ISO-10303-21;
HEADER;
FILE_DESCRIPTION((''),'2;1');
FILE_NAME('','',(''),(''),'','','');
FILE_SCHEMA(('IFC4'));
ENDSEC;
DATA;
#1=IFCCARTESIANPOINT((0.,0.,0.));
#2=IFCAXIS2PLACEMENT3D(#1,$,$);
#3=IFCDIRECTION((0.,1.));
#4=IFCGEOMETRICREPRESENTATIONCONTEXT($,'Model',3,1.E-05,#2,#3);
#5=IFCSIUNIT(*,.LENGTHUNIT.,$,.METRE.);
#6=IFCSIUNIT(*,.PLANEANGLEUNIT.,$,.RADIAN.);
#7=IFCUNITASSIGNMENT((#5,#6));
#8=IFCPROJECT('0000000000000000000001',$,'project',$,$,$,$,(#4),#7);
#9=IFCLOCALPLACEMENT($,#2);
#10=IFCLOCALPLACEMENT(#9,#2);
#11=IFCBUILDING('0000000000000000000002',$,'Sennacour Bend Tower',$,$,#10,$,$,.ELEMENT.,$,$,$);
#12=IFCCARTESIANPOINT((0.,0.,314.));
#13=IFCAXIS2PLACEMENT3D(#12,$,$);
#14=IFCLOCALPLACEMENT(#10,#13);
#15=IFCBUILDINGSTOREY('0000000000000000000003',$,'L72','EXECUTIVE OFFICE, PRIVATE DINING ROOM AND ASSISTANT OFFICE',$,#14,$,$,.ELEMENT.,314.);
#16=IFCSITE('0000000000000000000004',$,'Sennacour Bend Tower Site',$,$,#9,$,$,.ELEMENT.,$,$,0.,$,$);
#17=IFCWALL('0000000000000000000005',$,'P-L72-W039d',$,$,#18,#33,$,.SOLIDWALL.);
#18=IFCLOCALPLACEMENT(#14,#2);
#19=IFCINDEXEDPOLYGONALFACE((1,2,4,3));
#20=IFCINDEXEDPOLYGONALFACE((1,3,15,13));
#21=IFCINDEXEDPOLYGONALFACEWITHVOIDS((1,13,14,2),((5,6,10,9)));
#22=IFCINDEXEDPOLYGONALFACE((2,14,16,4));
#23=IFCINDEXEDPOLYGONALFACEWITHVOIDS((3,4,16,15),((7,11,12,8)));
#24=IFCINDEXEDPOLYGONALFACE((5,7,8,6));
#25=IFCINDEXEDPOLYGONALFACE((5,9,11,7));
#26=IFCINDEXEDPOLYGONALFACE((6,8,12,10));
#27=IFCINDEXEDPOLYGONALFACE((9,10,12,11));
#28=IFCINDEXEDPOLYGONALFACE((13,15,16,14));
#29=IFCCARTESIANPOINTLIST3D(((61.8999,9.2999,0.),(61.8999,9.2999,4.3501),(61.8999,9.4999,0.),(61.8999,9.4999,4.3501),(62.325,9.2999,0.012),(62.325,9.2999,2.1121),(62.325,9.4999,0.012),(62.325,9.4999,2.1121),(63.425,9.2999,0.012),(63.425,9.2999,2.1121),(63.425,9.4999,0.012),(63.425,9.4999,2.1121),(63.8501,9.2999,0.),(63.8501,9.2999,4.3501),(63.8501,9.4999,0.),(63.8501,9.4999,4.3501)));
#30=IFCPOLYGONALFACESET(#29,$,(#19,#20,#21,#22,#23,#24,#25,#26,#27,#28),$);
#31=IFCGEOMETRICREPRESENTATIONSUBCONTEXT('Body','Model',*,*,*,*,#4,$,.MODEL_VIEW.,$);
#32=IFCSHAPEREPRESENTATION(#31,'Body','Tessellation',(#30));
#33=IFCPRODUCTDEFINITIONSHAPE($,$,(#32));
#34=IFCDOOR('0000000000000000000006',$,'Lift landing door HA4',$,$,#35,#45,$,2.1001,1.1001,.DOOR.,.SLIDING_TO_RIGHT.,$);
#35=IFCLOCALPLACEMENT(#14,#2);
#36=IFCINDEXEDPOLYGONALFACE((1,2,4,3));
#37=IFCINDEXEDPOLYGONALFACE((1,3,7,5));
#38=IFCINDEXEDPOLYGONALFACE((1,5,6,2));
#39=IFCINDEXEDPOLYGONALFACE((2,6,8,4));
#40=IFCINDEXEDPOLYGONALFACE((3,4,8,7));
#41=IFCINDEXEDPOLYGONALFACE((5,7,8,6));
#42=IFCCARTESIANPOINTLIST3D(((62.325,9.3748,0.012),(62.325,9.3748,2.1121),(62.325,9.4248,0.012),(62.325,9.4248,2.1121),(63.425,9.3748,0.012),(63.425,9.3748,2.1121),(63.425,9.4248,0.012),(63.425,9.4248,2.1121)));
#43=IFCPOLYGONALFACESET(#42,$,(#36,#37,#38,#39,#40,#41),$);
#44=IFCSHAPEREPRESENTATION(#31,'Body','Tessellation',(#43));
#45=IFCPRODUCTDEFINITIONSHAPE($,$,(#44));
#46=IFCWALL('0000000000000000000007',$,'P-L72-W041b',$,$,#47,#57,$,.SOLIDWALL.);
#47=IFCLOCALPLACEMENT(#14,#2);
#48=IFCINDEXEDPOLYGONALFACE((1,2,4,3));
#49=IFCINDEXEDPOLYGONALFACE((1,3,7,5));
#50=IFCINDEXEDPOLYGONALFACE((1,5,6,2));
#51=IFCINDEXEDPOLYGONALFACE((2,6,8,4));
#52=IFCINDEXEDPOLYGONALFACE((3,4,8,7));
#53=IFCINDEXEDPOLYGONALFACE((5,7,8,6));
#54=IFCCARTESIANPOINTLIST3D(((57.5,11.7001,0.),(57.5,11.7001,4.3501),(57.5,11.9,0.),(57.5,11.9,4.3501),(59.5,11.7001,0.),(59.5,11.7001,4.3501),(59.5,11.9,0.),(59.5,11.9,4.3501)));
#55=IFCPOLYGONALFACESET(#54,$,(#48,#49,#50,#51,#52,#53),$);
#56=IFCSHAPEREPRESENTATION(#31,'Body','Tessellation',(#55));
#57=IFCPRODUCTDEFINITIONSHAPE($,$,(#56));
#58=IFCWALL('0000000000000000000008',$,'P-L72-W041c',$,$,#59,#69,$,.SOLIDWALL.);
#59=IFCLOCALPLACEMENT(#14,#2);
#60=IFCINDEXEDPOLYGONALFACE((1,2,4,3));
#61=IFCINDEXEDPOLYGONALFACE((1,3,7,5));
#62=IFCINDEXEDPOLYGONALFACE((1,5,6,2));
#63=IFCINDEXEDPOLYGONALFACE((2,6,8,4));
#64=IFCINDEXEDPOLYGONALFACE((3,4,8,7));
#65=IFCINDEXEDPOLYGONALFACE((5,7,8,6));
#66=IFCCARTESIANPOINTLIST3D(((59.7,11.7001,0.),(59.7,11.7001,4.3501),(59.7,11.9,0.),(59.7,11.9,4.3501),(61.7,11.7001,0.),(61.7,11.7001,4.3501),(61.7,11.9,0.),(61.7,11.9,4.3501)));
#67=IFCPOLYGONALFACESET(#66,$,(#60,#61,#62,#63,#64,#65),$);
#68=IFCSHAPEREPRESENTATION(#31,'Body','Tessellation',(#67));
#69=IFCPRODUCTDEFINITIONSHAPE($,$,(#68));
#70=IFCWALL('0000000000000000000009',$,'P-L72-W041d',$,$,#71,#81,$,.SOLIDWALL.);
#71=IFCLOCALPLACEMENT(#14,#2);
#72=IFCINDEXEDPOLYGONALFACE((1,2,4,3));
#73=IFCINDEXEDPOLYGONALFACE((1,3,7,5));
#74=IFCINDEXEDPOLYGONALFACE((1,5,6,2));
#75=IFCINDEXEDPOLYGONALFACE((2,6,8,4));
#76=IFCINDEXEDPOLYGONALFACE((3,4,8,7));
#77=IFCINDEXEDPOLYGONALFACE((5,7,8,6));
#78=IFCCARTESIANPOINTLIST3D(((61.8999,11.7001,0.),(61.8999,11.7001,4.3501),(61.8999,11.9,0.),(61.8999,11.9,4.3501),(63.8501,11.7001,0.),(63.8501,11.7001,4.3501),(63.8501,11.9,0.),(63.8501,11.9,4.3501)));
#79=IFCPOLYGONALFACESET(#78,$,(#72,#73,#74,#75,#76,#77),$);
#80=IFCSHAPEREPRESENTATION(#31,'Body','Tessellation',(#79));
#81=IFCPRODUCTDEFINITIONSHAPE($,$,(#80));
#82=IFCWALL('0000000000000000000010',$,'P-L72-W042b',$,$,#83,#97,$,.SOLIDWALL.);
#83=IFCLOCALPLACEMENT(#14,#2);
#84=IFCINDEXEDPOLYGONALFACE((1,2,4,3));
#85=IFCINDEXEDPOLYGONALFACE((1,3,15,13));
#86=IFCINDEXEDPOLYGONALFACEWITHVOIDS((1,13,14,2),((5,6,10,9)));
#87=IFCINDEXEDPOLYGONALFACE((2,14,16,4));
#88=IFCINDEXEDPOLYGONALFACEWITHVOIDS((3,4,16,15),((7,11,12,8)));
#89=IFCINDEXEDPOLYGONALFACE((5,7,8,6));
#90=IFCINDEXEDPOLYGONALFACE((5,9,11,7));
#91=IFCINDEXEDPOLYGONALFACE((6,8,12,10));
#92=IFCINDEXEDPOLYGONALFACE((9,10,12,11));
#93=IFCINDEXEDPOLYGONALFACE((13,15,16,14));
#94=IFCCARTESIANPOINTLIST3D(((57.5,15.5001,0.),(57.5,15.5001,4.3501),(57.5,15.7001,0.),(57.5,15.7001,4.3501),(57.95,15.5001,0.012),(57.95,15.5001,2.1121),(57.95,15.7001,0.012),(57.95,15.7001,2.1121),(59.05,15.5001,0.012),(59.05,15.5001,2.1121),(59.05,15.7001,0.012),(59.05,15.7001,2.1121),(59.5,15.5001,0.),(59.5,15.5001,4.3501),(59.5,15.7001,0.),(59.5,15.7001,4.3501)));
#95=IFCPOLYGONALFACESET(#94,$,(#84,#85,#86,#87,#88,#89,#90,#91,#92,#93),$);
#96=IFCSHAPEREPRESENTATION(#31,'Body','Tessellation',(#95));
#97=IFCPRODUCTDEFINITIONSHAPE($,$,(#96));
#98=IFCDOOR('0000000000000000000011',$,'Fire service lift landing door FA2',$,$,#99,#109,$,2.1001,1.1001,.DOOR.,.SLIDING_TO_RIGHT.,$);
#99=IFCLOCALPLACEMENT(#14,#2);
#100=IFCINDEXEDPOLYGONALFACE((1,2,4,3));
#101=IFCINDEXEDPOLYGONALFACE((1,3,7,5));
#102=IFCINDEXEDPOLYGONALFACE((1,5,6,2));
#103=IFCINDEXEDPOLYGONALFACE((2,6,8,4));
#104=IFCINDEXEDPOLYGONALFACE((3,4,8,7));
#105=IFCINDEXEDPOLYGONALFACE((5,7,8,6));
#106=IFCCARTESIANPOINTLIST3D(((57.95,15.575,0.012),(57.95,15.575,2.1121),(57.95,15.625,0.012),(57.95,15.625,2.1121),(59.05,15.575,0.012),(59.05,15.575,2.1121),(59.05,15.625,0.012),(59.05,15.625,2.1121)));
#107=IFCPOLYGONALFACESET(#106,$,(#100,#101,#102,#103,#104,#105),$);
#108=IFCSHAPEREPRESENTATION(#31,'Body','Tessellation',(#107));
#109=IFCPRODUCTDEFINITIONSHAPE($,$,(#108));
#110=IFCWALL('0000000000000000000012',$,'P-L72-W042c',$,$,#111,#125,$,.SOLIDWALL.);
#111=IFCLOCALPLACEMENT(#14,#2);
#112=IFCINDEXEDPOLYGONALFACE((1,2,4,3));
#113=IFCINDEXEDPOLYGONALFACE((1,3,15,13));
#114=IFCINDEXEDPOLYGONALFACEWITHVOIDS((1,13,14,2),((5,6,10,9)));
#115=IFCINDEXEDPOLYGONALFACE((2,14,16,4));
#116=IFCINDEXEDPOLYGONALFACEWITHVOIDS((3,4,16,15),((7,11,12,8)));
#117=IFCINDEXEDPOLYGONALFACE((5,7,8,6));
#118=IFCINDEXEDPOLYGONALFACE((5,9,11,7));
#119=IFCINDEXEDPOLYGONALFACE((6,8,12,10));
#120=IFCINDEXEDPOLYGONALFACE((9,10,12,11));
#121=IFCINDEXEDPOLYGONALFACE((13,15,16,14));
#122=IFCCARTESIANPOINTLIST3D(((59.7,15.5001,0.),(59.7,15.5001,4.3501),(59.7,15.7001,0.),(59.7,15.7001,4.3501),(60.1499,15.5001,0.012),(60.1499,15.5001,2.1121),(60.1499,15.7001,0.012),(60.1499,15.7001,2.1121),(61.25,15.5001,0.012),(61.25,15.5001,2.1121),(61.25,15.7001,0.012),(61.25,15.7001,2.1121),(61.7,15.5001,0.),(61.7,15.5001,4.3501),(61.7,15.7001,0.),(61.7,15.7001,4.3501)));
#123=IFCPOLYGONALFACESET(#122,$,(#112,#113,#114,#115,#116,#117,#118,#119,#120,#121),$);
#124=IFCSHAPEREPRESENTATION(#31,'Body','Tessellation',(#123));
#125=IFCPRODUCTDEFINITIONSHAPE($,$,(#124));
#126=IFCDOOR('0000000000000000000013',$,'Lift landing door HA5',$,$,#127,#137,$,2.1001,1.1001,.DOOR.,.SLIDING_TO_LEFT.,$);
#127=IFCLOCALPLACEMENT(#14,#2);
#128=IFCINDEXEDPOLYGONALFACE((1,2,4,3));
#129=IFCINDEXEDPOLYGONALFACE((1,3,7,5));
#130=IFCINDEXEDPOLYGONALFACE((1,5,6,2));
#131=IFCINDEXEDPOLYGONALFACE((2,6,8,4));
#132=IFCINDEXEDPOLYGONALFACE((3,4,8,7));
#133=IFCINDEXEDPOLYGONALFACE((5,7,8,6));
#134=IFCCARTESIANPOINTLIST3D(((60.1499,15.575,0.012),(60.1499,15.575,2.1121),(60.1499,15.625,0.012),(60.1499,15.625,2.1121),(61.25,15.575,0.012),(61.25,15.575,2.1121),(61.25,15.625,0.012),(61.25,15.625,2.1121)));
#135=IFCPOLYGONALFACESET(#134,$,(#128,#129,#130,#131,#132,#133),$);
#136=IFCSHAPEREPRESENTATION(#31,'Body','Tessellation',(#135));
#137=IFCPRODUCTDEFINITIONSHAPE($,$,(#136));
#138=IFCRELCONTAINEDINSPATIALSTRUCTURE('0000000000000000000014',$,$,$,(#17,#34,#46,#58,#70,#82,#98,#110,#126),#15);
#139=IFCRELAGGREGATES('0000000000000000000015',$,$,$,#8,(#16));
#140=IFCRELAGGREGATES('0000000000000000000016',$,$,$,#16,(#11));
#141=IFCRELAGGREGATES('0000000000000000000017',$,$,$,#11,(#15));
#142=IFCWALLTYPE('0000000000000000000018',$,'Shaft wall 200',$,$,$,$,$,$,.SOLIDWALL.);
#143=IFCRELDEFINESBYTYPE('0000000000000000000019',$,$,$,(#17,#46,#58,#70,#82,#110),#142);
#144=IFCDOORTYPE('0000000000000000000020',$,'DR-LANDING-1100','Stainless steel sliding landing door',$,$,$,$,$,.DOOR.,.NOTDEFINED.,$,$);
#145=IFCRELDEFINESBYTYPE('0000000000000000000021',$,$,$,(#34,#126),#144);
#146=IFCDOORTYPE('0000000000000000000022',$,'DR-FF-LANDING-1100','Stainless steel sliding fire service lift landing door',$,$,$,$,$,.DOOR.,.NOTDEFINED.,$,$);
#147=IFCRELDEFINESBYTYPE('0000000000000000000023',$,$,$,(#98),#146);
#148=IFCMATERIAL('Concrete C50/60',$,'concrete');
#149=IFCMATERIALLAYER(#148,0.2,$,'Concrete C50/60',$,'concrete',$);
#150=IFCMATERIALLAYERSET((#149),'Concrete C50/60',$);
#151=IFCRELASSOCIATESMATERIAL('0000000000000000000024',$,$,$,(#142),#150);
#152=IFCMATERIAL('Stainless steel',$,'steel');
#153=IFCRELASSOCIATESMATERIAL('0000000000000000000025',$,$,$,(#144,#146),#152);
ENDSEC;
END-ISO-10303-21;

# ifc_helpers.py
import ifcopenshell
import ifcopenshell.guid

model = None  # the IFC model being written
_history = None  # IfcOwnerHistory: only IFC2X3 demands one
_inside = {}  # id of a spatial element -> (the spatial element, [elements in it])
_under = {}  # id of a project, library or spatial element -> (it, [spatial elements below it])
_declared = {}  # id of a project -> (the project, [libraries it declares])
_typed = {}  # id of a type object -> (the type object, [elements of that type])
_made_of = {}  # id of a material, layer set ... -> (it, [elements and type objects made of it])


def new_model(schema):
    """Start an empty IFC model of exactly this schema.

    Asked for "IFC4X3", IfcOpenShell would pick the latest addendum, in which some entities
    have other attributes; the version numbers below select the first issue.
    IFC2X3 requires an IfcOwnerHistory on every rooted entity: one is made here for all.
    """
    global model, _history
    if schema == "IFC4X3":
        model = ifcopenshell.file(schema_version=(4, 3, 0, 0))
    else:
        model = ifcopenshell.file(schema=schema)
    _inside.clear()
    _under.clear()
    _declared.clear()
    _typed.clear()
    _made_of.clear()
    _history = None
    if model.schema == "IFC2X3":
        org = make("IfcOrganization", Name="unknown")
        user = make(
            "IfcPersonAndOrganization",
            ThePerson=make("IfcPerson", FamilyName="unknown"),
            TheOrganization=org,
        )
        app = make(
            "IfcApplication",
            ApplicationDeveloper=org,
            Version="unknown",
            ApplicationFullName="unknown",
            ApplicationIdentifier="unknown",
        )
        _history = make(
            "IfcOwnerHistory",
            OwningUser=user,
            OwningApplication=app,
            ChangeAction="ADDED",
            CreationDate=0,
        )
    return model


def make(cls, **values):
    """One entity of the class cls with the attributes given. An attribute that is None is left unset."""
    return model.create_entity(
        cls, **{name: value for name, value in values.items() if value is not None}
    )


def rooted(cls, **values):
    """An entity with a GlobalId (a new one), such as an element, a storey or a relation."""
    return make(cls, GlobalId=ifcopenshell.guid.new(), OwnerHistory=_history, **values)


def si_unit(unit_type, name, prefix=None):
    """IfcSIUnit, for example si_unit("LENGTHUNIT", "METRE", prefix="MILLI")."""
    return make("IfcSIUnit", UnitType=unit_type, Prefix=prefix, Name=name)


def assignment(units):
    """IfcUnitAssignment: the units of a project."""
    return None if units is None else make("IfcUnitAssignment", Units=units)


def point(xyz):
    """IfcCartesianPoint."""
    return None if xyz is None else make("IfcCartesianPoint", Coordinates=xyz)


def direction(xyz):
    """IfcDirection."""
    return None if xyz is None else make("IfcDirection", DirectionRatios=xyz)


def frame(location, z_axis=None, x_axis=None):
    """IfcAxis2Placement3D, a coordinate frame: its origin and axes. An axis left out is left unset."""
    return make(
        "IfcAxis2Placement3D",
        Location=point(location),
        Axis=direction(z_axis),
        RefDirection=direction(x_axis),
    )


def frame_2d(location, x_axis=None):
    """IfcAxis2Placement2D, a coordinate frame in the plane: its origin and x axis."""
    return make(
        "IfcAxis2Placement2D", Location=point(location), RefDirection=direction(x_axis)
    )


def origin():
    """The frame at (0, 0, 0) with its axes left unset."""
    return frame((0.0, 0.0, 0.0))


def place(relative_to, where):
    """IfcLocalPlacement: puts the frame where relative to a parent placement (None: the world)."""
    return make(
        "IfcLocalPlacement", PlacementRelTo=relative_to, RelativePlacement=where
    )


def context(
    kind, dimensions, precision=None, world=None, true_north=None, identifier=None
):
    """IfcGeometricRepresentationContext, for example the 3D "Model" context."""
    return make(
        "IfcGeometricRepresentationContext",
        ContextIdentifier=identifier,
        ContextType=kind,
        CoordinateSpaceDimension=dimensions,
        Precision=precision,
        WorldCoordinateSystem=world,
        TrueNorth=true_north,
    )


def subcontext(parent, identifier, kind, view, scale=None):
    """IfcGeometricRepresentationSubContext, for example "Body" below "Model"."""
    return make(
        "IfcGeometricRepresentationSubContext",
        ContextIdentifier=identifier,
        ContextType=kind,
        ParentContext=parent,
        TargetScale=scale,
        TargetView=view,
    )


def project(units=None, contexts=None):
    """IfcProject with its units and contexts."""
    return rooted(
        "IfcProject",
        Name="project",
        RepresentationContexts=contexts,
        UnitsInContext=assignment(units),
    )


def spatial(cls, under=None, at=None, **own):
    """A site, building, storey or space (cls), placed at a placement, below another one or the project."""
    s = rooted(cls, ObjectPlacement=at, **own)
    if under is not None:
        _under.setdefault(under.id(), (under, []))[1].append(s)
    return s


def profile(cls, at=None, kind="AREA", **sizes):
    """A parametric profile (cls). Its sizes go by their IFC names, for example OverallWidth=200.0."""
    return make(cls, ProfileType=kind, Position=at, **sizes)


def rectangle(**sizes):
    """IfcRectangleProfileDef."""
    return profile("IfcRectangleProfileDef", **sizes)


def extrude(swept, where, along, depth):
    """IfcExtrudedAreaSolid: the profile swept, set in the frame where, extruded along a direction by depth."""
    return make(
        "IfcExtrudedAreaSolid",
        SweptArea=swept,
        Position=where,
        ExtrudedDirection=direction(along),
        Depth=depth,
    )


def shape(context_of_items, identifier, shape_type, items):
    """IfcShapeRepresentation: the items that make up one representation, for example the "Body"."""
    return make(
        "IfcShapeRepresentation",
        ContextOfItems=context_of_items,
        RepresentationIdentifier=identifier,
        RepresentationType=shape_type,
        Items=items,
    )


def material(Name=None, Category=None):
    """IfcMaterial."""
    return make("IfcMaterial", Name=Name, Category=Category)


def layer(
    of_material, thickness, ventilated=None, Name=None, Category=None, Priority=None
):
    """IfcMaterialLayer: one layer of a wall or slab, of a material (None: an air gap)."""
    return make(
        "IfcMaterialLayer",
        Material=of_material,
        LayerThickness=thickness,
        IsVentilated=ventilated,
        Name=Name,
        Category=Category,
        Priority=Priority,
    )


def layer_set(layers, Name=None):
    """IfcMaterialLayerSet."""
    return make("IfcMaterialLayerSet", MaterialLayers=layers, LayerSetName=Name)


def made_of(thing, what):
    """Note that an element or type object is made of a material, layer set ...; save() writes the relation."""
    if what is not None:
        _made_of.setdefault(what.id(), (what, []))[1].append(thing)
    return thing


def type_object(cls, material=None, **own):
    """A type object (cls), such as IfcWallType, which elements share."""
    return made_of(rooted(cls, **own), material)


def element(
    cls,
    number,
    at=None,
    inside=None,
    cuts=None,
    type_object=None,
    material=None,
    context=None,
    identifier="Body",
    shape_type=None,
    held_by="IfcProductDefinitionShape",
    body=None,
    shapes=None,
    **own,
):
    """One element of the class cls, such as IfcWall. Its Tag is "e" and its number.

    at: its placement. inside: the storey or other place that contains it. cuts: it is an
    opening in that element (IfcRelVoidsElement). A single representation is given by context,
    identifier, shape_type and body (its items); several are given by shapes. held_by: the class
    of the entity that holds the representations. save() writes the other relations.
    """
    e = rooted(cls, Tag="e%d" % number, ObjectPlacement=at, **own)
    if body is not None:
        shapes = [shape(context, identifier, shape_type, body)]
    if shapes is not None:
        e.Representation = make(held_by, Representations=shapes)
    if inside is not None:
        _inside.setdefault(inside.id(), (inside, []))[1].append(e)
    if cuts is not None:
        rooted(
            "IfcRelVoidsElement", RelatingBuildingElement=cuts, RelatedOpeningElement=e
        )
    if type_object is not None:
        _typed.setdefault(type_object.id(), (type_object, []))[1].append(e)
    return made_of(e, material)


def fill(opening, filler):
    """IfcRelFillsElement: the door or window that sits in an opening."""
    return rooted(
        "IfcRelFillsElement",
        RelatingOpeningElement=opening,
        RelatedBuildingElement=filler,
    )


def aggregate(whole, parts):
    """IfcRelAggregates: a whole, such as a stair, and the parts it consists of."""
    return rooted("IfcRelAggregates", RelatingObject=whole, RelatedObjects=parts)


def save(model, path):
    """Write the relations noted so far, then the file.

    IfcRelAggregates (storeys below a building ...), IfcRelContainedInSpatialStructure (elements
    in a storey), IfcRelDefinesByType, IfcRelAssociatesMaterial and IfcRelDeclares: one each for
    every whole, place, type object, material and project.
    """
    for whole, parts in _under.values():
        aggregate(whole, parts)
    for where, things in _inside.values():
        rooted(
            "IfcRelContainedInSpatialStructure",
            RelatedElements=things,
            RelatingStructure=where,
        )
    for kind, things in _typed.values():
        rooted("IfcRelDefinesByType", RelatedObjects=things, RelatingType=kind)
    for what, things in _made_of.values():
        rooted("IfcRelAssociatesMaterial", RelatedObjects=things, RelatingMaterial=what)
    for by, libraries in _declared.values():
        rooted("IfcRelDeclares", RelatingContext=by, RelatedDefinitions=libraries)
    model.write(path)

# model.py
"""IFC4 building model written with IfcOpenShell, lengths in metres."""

from ifc_helpers import new_model, si_unit, direction, frame, frame_2d, origin, place, context, subcontext, project, spatial, rectangle, extrude, material, layer, layer_set, type_object, element, fill, save


model = new_model("IFC4")

# Units and contexts
model_context = context("Model", 3, precision=1e-05, world=origin(), true_north=direction((0.0, 1.0)))
body_context = subcontext(model_context, "Body", "Model", "MODEL_VIEW")
ifc_project = project(units=[si_unit("LENGTHUNIT", "METRE"), si_unit("PLANEANGLEUNIT", "RADIAN")], contexts=[model_context])

# Site, building, storey
site_placement = place(None, origin())
site = spatial("IfcSite", under=ifc_project, at=site_placement, Name="Sennacour Bend Tower Site", CompositionType="ELEMENT", RefElevation=0.0)
building_placement = place(site_placement, origin())
building = spatial("IfcBuilding", under=site, at=building_placement, Name="Sennacour Bend Tower", CompositionType="ELEMENT")
storey_placement = place(building_placement, frame((0.0, 0.0, 314.0)))
storey = spatial("IfcBuildingStorey", under=building, at=storey_placement, Name="L72", Description="EXECUTIVE OFFICE, PRIVATE DINING ROOM AND ASSISTANT OFFICE", CompositionType="ELEMENT", Elevation=314.0)

# Shared definitions
ifc_material_1 = material(Name="Concrete C50/60", Category="concrete")
ifc_layer_1 = layer(ifc_material_1, 0.2, Name="Concrete C50/60", Category="concrete")
ifc_layer_set_1 = layer_set([ifc_layer_1], Name="Concrete C50/60")
wall_type_1 = type_object("IfcWallType", Name="Shaft wall 200", PredefinedType="SOLIDWALL", material=ifc_layer_set_1)

# Wall, opening, door
ifc_material_2 = material(Name="Stainless steel", Category="steel")
door_type_1 = type_object("IfcDoorType", Name="DR-LANDING-1100", Description="Stainless steel sliding landing door", OperationType="NOTDEFINED", PredefinedType="DOOR", material=ifc_material_2)
wall_1_placement = place(storey_placement, frame((61.8999, 9.3999, 0.0), z_axis=(0.0, 0.0, 1.0), x_axis=(1.0, 0.0, 0.0)))
wall_1 = element("IfcWall", 1, at=wall_1_placement, inside=storey, type_object=wall_type_1, Name="P-L72-W039d", PredefinedType="SOLIDWALL", context=body_context, shape_type="SweptSolid", body=[
    extrude(rectangle(XDim=1.9502, YDim=0.2, at=frame_2d((0.9751, 0.0))), origin(), (0.0, 0.0, 1.0), 4.3501),
])
opening_1_placement = place(wall_1_placement, frame((0.425, 0.0, 0.012)))
opening_1 = element("IfcOpeningElement", 2, at=opening_1_placement, cuts=wall_1, PredefinedType="OPENING", context=body_context, shape_type="SweptSolid", body=[
    extrude(rectangle(XDim=1.1001, YDim=2.1001, at=frame_2d((0.55, 1.05))), frame((0.0, 0.1099, 0.0), z_axis=(0.0, -1.0, 0.0), x_axis=(1.0, 0.0, 0.0)), (0.0, 0.0, 1.0), 0.22),
])
door_1_placement = place(opening_1_placement, origin())
door_1 = element("IfcDoor", 3, at=door_1_placement, inside=storey, type_object=door_type_1, Name="Lift landing door HA4", OperationType="SLIDING_TO_RIGHT", OverallHeight=2.1001, OverallWidth=1.1001, PredefinedType="DOOR", context=body_context, shape_type="SweptSolid", body=[
    extrude(rectangle(XDim=1.1001, YDim=2.1001, at=frame_2d((0.55, 1.05))), frame((0.0, 0.0249, 0.0), z_axis=(0.0, -1.0, 0.0), x_axis=(1.0, 0.0, 0.0)), (0.0, 0.0, 1.0), 0.05),
])
fill(opening_1, door_1)

# Walls
for number, where, z_axis, x_axis, name in (
    (4, (57.5, 11.8, 0.0), (0.0, 0.0, 1.0), (1.0, 0.0, 0.0), "P-L72-W041b"),
    (5, (59.7, 11.8, 0.0), (0.0, 0.0, 1.0), (1.0, 0.0, 0.0), "P-L72-W041c"),
):
    element("IfcWall", number, at=place(storey_placement, frame(where, z_axis=z_axis, x_axis=x_axis)), inside=storey, type_object=wall_type_1, Name=name, PredefinedType="SOLIDWALL", context=body_context, shape_type="SweptSolid", body=[
        extrude(rectangle(XDim=2.0, YDim=0.2, at=frame_2d((1.0, 0.0))), origin(), (0.0, 0.0, 1.0), 4.3501),
    ])
wall_2_placement = place(storey_placement, frame((61.8999, 11.8, 0.0), z_axis=(0.0, 0.0, 1.0), x_axis=(1.0, 0.0, 0.0)))
element("IfcWall", 6, at=wall_2_placement, inside=storey, type_object=wall_type_1, Name="P-L72-W041d", PredefinedType="SOLIDWALL", context=body_context, shape_type="SweptSolid", body=[
    extrude(rectangle(XDim=1.9502, YDim=0.2, at=frame_2d((0.9751, 0.0))), origin(), (0.0, 0.0, 1.0), 4.3501),
])

# Walls, openings, doors
wall_3_placement = place(storey_placement, frame((57.5, 15.6001, 0.0), z_axis=(0.0, 0.0, 1.0), x_axis=(1.0, 0.0, 0.0)))
wall_3 = element("IfcWall", 7, at=wall_3_placement, inside=storey, type_object=wall_type_1, Name="P-L72-W042b", PredefinedType="SOLIDWALL", context=body_context, shape_type="SweptSolid", body=[
    extrude(rectangle(XDim=2.0, YDim=0.2, at=frame_2d((1.0, 0.0))), origin(), (0.0, 0.0, 1.0), 4.3501),
])
opening_2_placement = place(wall_3_placement, frame((0.45, 0.0, 0.012)))
opening_2 = element("IfcOpeningElement", 8, at=opening_2_placement, cuts=wall_3, PredefinedType="OPENING", context=body_context, shape_type="SweptSolid", body=[
    extrude(rectangle(XDim=1.1001, YDim=2.1001, at=frame_2d((0.55, 1.05))), frame((0.0, 0.1099, 0.0), z_axis=(0.0, -1.0, 0.0), x_axis=(1.0, 0.0, 0.0)), (0.0, 0.0, 1.0), 0.22),
])
door_type_2 = type_object("IfcDoorType", Name="DR-FF-LANDING-1100", Description="Stainless steel sliding fire service lift landing door", OperationType="NOTDEFINED", PredefinedType="DOOR", material=ifc_material_2)
door_2_placement = place(opening_2_placement, origin())
door_2 = element("IfcDoor", 9, at=door_2_placement, inside=storey, type_object=door_type_2, Name="Fire service lift landing door FA2", OperationType="SLIDING_TO_RIGHT", OverallHeight=2.1001, OverallWidth=1.1001, PredefinedType="DOOR", context=body_context, shape_type="SweptSolid", body=[
    extrude(rectangle(XDim=1.1001, YDim=2.1001, at=frame_2d((0.55, 1.05))), frame((0.0, 0.0249, 0.0), z_axis=(0.0, -1.0, 0.0), x_axis=(1.0, 0.0, 0.0)), (0.0, 0.0, 1.0), 0.05),
])
fill(opening_2, door_2)
wall_4_placement = place(storey_placement, frame((59.7, 15.6001, 0.0), z_axis=(0.0, 0.0, 1.0), x_axis=(1.0, 0.0, 0.0)))
wall_4 = element("IfcWall", 10, at=wall_4_placement, inside=storey, type_object=wall_type_1, Name="P-L72-W042c", PredefinedType="SOLIDWALL", context=body_context, shape_type="SweptSolid", body=[
    extrude(rectangle(XDim=2.0, YDim=0.2, at=frame_2d((1.0, 0.0))), origin(), (0.0, 0.0, 1.0), 4.3501),
])
opening_3_placement = place(wall_4_placement, frame((0.45, 0.0, 0.012)))
opening_3 = element("IfcOpeningElement", 11, at=opening_3_placement, cuts=wall_4, PredefinedType="OPENING", context=body_context, shape_type="SweptSolid", body=[
    extrude(rectangle(XDim=1.1001, YDim=2.1001, at=frame_2d((0.55, 1.05))), frame((0.0, 0.1099, 0.0), z_axis=(0.0, -1.0, 0.0), x_axis=(1.0, 0.0, 0.0)), (0.0, 0.0, 1.0), 0.22),
])
door_3_placement = place(opening_3_placement, origin())
door_3 = element("IfcDoor", 12, at=door_3_placement, inside=storey, type_object=door_type_1, Name="Lift landing door HA5", OperationType="SLIDING_TO_LEFT", OverallHeight=2.1001, OverallWidth=1.1001, PredefinedType="DOOR", context=body_context, shape_type="SweptSolid", body=[
    extrude(rectangle(XDim=1.1001, YDim=2.1001, at=frame_2d((0.55, 1.05))), frame((0.0, 0.0249, 0.0), z_axis=(0.0, -1.0, 0.0), x_axis=(1.0, 0.0, 0.0)), (0.0, 0.0, 1.0), 0.05),
])
fill(opening_3, door_3)

save(model, "model.ifc")
